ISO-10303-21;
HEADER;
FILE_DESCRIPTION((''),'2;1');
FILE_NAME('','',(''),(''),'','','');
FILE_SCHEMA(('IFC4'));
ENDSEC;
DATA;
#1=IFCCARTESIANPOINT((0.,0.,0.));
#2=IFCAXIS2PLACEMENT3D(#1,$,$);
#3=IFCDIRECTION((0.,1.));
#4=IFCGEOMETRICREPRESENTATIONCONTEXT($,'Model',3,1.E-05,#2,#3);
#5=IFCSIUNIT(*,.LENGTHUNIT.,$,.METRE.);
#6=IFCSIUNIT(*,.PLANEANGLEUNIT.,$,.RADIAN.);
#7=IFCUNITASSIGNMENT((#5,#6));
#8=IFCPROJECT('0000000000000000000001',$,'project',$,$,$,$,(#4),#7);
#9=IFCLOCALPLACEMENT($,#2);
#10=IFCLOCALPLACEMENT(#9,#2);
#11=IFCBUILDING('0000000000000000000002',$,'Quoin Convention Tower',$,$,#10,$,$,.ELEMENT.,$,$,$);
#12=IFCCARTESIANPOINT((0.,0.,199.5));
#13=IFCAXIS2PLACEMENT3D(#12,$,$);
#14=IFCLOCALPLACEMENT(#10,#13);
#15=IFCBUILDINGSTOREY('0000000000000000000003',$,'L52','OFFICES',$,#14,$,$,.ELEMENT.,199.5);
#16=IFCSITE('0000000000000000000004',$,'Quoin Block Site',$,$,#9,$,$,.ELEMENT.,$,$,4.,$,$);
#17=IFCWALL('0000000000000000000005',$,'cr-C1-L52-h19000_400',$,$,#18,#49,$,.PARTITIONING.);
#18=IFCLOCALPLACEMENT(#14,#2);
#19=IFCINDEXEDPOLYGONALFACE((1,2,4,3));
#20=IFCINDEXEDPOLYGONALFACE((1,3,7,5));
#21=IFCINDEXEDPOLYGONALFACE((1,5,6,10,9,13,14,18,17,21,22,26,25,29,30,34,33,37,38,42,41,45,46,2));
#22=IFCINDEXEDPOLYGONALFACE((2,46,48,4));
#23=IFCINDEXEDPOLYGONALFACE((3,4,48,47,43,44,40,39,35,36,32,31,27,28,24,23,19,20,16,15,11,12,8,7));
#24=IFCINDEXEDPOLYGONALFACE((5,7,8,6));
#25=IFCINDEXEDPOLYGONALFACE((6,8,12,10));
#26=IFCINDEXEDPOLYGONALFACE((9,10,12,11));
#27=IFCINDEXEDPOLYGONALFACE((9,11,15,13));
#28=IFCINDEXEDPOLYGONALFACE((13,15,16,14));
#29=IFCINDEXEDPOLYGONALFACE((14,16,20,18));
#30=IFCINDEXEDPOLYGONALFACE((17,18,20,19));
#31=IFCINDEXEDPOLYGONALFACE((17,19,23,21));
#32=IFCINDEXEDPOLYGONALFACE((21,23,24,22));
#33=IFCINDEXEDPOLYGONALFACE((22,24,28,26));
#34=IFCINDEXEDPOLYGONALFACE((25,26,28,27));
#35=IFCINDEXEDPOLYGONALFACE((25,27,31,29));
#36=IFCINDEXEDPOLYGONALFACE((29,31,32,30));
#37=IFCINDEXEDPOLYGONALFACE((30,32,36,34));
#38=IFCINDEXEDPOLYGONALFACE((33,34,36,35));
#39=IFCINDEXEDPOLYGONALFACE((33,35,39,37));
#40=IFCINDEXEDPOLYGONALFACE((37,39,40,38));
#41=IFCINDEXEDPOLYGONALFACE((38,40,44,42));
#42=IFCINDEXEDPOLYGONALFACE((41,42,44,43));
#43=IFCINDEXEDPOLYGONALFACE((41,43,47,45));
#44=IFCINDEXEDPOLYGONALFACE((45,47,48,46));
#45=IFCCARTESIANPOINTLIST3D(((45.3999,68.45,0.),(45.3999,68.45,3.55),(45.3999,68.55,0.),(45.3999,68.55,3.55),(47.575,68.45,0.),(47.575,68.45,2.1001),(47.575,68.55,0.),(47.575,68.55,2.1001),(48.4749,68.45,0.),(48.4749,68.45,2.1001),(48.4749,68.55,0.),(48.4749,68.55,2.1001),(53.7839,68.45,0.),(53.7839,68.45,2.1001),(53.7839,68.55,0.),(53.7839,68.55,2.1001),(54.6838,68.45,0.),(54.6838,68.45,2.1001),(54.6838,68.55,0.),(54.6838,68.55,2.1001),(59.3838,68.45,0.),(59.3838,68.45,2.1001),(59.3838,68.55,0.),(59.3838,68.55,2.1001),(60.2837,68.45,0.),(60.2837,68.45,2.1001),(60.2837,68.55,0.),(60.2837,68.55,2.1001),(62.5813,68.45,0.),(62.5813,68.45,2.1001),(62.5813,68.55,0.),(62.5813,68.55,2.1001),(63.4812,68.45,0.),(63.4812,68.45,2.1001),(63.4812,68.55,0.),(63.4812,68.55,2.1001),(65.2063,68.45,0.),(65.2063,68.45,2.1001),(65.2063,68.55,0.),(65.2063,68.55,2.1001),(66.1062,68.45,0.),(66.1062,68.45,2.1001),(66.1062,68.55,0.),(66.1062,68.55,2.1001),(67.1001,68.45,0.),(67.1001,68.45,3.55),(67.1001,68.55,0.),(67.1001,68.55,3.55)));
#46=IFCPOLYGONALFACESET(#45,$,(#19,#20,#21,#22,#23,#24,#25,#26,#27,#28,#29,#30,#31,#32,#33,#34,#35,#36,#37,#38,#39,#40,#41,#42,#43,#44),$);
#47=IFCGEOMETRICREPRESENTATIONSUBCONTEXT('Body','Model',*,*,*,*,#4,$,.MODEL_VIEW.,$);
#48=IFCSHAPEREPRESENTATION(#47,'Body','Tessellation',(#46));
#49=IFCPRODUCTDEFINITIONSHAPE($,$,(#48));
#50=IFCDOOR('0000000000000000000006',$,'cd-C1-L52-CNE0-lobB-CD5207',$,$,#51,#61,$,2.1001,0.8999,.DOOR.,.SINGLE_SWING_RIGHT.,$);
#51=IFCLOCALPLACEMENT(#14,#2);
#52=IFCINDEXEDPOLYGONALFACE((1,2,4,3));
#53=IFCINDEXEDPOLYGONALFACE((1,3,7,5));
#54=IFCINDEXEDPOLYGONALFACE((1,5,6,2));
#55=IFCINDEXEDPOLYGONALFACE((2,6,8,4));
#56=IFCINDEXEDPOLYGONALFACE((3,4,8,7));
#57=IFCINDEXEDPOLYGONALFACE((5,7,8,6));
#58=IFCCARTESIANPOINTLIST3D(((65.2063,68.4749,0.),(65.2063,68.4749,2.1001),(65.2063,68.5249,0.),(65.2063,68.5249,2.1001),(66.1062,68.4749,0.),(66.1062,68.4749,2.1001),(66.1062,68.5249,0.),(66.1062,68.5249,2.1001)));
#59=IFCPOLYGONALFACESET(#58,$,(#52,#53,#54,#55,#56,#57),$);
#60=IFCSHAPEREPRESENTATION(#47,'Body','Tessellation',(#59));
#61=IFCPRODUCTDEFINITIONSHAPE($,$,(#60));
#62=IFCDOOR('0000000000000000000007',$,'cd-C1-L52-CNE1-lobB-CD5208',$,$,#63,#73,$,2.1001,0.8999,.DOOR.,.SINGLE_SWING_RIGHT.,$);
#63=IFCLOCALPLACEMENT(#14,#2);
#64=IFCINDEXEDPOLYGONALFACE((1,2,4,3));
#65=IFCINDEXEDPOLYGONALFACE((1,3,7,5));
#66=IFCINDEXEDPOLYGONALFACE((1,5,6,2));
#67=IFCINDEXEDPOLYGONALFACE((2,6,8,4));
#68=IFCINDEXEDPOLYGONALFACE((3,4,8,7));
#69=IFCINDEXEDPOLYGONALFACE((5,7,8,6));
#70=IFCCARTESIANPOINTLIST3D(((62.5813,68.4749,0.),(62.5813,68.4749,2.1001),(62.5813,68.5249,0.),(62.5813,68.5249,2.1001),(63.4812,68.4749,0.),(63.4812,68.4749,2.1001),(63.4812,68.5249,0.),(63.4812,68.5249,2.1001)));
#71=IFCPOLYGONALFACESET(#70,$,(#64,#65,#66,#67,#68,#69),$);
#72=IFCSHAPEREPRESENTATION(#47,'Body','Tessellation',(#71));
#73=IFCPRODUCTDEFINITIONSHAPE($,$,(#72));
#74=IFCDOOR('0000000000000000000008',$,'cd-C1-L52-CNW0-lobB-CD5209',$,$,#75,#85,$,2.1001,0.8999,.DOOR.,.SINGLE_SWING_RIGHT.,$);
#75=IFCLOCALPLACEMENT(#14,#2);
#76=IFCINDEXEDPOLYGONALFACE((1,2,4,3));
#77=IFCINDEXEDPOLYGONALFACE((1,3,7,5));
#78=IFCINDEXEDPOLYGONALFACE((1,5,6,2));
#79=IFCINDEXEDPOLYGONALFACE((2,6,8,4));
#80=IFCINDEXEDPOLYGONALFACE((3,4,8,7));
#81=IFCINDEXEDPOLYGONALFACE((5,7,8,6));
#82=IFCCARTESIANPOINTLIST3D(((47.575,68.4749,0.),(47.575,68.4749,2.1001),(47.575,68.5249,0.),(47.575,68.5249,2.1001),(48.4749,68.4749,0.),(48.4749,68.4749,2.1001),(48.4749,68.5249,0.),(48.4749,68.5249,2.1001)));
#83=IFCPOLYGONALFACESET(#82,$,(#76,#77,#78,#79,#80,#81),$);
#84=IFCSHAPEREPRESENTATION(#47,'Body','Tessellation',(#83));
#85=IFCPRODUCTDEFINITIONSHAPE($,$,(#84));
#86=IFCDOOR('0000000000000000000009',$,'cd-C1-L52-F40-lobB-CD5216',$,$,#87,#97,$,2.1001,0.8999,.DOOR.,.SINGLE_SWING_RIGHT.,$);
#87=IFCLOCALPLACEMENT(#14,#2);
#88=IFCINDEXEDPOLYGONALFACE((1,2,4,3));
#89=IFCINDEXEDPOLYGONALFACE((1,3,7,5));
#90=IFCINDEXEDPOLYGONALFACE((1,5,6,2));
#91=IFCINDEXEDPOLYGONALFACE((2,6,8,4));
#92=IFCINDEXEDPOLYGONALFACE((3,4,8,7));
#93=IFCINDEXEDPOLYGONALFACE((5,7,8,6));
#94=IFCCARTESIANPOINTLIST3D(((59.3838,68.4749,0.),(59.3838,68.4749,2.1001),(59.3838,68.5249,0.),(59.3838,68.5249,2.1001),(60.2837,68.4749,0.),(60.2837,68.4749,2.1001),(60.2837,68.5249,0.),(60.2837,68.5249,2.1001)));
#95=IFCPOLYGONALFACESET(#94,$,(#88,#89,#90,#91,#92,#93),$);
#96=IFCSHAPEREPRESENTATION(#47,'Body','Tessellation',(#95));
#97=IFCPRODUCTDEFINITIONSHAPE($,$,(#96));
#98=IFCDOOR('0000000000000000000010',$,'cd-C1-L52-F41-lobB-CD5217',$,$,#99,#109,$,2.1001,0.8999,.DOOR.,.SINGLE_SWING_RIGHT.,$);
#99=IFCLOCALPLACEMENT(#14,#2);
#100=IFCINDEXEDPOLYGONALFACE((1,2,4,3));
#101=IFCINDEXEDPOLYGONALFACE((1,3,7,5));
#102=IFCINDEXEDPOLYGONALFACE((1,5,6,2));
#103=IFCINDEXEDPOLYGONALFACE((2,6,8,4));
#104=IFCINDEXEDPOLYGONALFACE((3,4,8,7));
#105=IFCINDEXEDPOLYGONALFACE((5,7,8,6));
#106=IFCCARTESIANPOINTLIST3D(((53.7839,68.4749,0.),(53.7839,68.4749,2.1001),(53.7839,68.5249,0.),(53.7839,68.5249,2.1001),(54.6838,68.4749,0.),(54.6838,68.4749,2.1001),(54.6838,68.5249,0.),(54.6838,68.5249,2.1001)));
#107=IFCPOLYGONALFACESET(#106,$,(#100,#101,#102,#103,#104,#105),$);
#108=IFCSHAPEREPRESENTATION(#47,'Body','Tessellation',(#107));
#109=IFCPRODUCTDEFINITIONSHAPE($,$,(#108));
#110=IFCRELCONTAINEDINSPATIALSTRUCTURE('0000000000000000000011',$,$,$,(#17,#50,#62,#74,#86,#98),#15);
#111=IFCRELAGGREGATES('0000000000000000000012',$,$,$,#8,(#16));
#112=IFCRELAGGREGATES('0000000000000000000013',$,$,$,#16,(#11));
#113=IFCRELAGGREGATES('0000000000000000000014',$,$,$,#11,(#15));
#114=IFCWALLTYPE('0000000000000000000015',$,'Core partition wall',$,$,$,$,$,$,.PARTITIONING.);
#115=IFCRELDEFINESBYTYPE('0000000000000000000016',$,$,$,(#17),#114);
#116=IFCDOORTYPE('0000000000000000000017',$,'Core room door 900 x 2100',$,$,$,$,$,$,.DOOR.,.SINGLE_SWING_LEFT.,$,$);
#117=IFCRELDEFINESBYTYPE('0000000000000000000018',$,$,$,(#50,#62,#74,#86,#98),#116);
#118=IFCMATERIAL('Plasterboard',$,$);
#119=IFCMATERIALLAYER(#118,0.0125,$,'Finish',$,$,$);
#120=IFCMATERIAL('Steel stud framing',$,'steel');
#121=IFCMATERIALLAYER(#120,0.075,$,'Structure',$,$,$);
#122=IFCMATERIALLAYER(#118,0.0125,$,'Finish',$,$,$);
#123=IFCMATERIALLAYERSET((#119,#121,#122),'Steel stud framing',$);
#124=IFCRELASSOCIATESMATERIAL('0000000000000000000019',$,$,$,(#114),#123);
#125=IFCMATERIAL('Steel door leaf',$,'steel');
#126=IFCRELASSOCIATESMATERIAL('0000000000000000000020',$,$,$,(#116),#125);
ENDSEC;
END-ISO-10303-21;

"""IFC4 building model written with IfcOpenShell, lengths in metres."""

from ifc_helpers import new_model, si_unit, direction, frame, frame_2d, origin, place, context, subcontext, project, spatial, rectangle, extrude, material, layer, layer_set, type_object, element, fill, save


model = new_model("IFC4")

# Units and contexts
model_context = context("Model", 3, precision=1e-05, world=origin(), true_north=direction((0.0, 1.0)))
body_context = subcontext(model_context, "Body", "Model", "MODEL_VIEW")
ifc_project = project(units=[si_unit("LENGTHUNIT", "METRE"), si_unit("PLANEANGLEUNIT", "RADIAN")], contexts=[model_context])

# Site, building, storey
site_placement = place(None, origin())
site = spatial("IfcSite", under=ifc_project, at=site_placement, Name="Quoin Block Site", CompositionType="ELEMENT", RefElevation=4.0)
building_placement = place(site_placement, origin())
building = spatial("IfcBuilding", under=site, at=building_placement, Name="Quoin Convention Tower", CompositionType="ELEMENT")
storey_placement = place(building_placement, frame((0.0, 0.0, 199.5)))
storey = spatial("IfcBuildingStorey", under=building, at=storey_placement, Name="L52", Description="OFFICES", CompositionType="ELEMENT", Elevation=199.5)

# Wall, openings, doors
ifc_material_1 = material(Name="Plasterboard")
ifc_layer_1 = layer(ifc_material_1, 0.0125, Name="Finish")
ifc_material_2 = material(Name="Steel stud framing", Category="steel")
ifc_layer_2 = layer(ifc_material_2, 0.075, Name="Structure")
ifc_layer_3 = layer(ifc_material_1, 0.0125, Name="Finish")
ifc_layer_set_1 = layer_set([ifc_layer_1, ifc_layer_2, ifc_layer_3], Name="Steel stud framing")
wall_type_1 = type_object("IfcWallType", Name="Core partition wall", PredefinedType="PARTITIONING", material=ifc_layer_set_1)
wall_1_placement = place(storey_placement, frame((45.3999, 68.5, 0.0), z_axis=(0.0, 0.0, 1.0), x_axis=(1.0, 0.0, 0.0)))
wall_1 = element("IfcWall", 1, at=wall_1_placement, inside=storey, type_object=wall_type_1, Name="cr-C1-L52-h19000_400", PredefinedType="PARTITIONING", context=body_context, shape_type="SweptSolid", body=[
    extrude(rectangle(XDim=21.7002, YDim=0.1001, at=frame_2d((10.8501, 0.0))), origin(), (0.0, 0.0, 1.0), 3.55),
])
opening_1_placement = place(wall_1_placement, frame((19.8064, 0.0, 0.0)))
opening_1 = element("IfcOpeningElement", 2, at=opening_1_placement, cuts=wall_1, PredefinedType="OPENING", context=body_context, shape_type="SweptSolid", body=[
    extrude(rectangle(XDim=0.8999, YDim=2.1001, at=frame_2d((0.45, 1.05))), frame((0.0, 0.0601, 0.0), z_axis=(0.0, -1.0, 0.0), x_axis=(1.0, 0.0, 0.0)), (0.0, 0.0, 1.0), 0.1201),
])
opening_2_placement = place(wall_1_placement, frame((17.1814, 0.0, 0.0)))
opening_2 = element("IfcOpeningElement", 3, at=opening_2_placement, cuts=wall_1, PredefinedType="OPENING", context=body_context, shape_type="SweptSolid", body=[
    extrude(rectangle(XDim=0.8999, YDim=2.1001, at=frame_2d((0.45, 1.05))), frame((0.0, 0.0601, 0.0), z_axis=(0.0, -1.0, 0.0), x_axis=(1.0, 0.0, 0.0)), (0.0, 0.0, 1.0), 0.1201),
])
opening_3_placement = place(wall_1_placement, frame((2.175, 0.0, 0.0)))
opening_3 = element("IfcOpeningElement", 4, at=opening_3_placement, cuts=wall_1, PredefinedType="OPENING", context=body_context, shape_type="SweptSolid", body=[
    extrude(rectangle(XDim=0.8999, YDim=2.1001, at=frame_2d((0.45, 1.05))), frame((0.0, 0.0601, 0.0), z_axis=(0.0, -1.0, 0.0), x_axis=(1.0, 0.0, 0.0)), (0.0, 0.0, 1.0), 0.1201),
])
opening_4_placement = place(wall_1_placement, frame((13.9839, 0.0, 0.0)))
opening_4 = element("IfcOpeningElement", 5, at=opening_4_placement, cuts=wall_1, PredefinedType="OPENING", context=body_context, shape_type="SweptSolid", body=[
    extrude(rectangle(XDim=0.8999, YDim=2.1001, at=frame_2d((0.45, 1.05))), frame((0.0, 0.0601, 0.0), z_axis=(0.0, -1.0, 0.0), x_axis=(1.0, 0.0, 0.0)), (0.0, 0.0, 1.0), 0.1201),
])
opening_5_placement = place(wall_1_placement, frame((8.384, 0.0, 0.0)))
opening_5 = element("IfcOpeningElement", 6, at=opening_5_placement, cuts=wall_1, PredefinedType="OPENING", context=body_context, shape_type="SweptSolid", body=[
    extrude(rectangle(XDim=0.8999, YDim=2.1001, at=frame_2d((0.45, 1.05))), frame((0.0, 0.0601, 0.0), z_axis=(0.0, -1.0, 0.0), x_axis=(1.0, 0.0, 0.0)), (0.0, 0.0, 1.0), 0.1201),
])
ifc_material_3 = material(Name="Steel door leaf", Category="steel")
door_type_1 = type_object("IfcDoorType", Name="Core room door 900 x 2100", OperationType="SINGLE_SWING_LEFT", PredefinedType="DOOR", material=ifc_material_3)
door_1_placement = place(opening_1_placement, origin())
door_1 = element("IfcDoor", 7, at=door_1_placement, inside=storey, type_object=door_type_1, Name="cd-C1-L52-CNE0-lobB-CD5207", OperationType="SINGLE_SWING_RIGHT", OverallHeight=2.1001, OverallWidth=0.8999, PredefinedType="DOOR", context=body_context, shape_type="SweptSolid", body=[
    extrude(rectangle(XDim=0.8999, YDim=2.1001, at=frame_2d((0.45, 1.05))), frame((0.0, 0.0249, 0.0), z_axis=(0.0, -1.0, 0.0), x_axis=(1.0, 0.0, 0.0)), (0.0, 0.0, 1.0), 0.05),
])
fill(opening_1, door_1)
door_2_placement = place(opening_2_placement, origin())
door_2 = element("IfcDoor", 8, at=door_2_placement, inside=storey, type_object=door_type_1, Name="cd-C1-L52-CNE1-lobB-CD5208", OperationType="SINGLE_SWING_RIGHT", OverallHeight=2.1001, OverallWidth=0.8999, PredefinedType="DOOR", context=body_context, shape_type="SweptSolid", body=[
    extrude(rectangle(XDim=0.8999, YDim=2.1001, at=frame_2d((0.45, 1.05))), frame((0.0, 0.0249, 0.0), z_axis=(0.0, -1.0, 0.0), x_axis=(1.0, 0.0, 0.0)), (0.0, 0.0, 1.0), 0.05),
])
fill(opening_2, door_2)
door_3_placement = place(opening_3_placement, origin())
door_3 = element("IfcDoor", 9, at=door_3_placement, inside=storey, type_object=door_type_1, Name="cd-C1-L52-CNW0-lobB-CD5209", OperationType="SINGLE_SWING_RIGHT", OverallHeight=2.1001, OverallWidth=0.8999, PredefinedType="DOOR", context=body_context, shape_type="SweptSolid", body=[
    extrude(rectangle(XDim=0.8999, YDim=2.1001, at=frame_2d((0.45, 1.05))), frame((0.0, 0.0249, 0.0), z_axis=(0.0, -1.0, 0.0), x_axis=(1.0, 0.0, 0.0)), (0.0, 0.0, 1.0), 0.05),
])
fill(opening_3, door_3)
door_4_placement = place(opening_4_placement, origin())
door_4 = element("IfcDoor", 10, at=door_4_placement, inside=storey, type_object=door_type_1, Name="cd-C1-L52-F40-lobB-CD5216", OperationType="SINGLE_SWING_RIGHT", OverallHeight=2.1001, OverallWidth=0.8999, PredefinedType="DOOR", context=body_context, shape_type="SweptSolid", body=[
    extrude(rectangle(XDim=0.8999, YDim=2.1001, at=frame_2d((0.45, 1.05))), frame((0.0, 0.0249, 0.0), z_axis=(0.0, -1.0, 0.0), x_axis=(1.0, 0.0, 0.0)), (0.0, 0.0, 1.0), 0.05),
])
fill(opening_4, door_4)
door_5_placement = place(opening_5_placement, origin())
door_5 = element("IfcDoor", 11, at=door_5_placement, inside=storey, type_object=door_type_1, Name="cd-C1-L52-F41-lobB-CD5217", OperationType="SINGLE_SWING_RIGHT", OverallHeight=2.1001, OverallWidth=0.8999, PredefinedType="DOOR", context=body_context, shape_type="SweptSolid", body=[
    extrude(rectangle(XDim=0.8999, YDim=2.1001, at=frame_2d((0.45, 1.05))), frame((0.0, 0.0249, 0.0), z_axis=(0.0, -1.0, 0.0), x_axis=(1.0, 0.0, 0.0)), (0.0, 0.0, 1.0), 0.05),
])
fill(opening_5, door_5)

save(model, "model.ifc")
